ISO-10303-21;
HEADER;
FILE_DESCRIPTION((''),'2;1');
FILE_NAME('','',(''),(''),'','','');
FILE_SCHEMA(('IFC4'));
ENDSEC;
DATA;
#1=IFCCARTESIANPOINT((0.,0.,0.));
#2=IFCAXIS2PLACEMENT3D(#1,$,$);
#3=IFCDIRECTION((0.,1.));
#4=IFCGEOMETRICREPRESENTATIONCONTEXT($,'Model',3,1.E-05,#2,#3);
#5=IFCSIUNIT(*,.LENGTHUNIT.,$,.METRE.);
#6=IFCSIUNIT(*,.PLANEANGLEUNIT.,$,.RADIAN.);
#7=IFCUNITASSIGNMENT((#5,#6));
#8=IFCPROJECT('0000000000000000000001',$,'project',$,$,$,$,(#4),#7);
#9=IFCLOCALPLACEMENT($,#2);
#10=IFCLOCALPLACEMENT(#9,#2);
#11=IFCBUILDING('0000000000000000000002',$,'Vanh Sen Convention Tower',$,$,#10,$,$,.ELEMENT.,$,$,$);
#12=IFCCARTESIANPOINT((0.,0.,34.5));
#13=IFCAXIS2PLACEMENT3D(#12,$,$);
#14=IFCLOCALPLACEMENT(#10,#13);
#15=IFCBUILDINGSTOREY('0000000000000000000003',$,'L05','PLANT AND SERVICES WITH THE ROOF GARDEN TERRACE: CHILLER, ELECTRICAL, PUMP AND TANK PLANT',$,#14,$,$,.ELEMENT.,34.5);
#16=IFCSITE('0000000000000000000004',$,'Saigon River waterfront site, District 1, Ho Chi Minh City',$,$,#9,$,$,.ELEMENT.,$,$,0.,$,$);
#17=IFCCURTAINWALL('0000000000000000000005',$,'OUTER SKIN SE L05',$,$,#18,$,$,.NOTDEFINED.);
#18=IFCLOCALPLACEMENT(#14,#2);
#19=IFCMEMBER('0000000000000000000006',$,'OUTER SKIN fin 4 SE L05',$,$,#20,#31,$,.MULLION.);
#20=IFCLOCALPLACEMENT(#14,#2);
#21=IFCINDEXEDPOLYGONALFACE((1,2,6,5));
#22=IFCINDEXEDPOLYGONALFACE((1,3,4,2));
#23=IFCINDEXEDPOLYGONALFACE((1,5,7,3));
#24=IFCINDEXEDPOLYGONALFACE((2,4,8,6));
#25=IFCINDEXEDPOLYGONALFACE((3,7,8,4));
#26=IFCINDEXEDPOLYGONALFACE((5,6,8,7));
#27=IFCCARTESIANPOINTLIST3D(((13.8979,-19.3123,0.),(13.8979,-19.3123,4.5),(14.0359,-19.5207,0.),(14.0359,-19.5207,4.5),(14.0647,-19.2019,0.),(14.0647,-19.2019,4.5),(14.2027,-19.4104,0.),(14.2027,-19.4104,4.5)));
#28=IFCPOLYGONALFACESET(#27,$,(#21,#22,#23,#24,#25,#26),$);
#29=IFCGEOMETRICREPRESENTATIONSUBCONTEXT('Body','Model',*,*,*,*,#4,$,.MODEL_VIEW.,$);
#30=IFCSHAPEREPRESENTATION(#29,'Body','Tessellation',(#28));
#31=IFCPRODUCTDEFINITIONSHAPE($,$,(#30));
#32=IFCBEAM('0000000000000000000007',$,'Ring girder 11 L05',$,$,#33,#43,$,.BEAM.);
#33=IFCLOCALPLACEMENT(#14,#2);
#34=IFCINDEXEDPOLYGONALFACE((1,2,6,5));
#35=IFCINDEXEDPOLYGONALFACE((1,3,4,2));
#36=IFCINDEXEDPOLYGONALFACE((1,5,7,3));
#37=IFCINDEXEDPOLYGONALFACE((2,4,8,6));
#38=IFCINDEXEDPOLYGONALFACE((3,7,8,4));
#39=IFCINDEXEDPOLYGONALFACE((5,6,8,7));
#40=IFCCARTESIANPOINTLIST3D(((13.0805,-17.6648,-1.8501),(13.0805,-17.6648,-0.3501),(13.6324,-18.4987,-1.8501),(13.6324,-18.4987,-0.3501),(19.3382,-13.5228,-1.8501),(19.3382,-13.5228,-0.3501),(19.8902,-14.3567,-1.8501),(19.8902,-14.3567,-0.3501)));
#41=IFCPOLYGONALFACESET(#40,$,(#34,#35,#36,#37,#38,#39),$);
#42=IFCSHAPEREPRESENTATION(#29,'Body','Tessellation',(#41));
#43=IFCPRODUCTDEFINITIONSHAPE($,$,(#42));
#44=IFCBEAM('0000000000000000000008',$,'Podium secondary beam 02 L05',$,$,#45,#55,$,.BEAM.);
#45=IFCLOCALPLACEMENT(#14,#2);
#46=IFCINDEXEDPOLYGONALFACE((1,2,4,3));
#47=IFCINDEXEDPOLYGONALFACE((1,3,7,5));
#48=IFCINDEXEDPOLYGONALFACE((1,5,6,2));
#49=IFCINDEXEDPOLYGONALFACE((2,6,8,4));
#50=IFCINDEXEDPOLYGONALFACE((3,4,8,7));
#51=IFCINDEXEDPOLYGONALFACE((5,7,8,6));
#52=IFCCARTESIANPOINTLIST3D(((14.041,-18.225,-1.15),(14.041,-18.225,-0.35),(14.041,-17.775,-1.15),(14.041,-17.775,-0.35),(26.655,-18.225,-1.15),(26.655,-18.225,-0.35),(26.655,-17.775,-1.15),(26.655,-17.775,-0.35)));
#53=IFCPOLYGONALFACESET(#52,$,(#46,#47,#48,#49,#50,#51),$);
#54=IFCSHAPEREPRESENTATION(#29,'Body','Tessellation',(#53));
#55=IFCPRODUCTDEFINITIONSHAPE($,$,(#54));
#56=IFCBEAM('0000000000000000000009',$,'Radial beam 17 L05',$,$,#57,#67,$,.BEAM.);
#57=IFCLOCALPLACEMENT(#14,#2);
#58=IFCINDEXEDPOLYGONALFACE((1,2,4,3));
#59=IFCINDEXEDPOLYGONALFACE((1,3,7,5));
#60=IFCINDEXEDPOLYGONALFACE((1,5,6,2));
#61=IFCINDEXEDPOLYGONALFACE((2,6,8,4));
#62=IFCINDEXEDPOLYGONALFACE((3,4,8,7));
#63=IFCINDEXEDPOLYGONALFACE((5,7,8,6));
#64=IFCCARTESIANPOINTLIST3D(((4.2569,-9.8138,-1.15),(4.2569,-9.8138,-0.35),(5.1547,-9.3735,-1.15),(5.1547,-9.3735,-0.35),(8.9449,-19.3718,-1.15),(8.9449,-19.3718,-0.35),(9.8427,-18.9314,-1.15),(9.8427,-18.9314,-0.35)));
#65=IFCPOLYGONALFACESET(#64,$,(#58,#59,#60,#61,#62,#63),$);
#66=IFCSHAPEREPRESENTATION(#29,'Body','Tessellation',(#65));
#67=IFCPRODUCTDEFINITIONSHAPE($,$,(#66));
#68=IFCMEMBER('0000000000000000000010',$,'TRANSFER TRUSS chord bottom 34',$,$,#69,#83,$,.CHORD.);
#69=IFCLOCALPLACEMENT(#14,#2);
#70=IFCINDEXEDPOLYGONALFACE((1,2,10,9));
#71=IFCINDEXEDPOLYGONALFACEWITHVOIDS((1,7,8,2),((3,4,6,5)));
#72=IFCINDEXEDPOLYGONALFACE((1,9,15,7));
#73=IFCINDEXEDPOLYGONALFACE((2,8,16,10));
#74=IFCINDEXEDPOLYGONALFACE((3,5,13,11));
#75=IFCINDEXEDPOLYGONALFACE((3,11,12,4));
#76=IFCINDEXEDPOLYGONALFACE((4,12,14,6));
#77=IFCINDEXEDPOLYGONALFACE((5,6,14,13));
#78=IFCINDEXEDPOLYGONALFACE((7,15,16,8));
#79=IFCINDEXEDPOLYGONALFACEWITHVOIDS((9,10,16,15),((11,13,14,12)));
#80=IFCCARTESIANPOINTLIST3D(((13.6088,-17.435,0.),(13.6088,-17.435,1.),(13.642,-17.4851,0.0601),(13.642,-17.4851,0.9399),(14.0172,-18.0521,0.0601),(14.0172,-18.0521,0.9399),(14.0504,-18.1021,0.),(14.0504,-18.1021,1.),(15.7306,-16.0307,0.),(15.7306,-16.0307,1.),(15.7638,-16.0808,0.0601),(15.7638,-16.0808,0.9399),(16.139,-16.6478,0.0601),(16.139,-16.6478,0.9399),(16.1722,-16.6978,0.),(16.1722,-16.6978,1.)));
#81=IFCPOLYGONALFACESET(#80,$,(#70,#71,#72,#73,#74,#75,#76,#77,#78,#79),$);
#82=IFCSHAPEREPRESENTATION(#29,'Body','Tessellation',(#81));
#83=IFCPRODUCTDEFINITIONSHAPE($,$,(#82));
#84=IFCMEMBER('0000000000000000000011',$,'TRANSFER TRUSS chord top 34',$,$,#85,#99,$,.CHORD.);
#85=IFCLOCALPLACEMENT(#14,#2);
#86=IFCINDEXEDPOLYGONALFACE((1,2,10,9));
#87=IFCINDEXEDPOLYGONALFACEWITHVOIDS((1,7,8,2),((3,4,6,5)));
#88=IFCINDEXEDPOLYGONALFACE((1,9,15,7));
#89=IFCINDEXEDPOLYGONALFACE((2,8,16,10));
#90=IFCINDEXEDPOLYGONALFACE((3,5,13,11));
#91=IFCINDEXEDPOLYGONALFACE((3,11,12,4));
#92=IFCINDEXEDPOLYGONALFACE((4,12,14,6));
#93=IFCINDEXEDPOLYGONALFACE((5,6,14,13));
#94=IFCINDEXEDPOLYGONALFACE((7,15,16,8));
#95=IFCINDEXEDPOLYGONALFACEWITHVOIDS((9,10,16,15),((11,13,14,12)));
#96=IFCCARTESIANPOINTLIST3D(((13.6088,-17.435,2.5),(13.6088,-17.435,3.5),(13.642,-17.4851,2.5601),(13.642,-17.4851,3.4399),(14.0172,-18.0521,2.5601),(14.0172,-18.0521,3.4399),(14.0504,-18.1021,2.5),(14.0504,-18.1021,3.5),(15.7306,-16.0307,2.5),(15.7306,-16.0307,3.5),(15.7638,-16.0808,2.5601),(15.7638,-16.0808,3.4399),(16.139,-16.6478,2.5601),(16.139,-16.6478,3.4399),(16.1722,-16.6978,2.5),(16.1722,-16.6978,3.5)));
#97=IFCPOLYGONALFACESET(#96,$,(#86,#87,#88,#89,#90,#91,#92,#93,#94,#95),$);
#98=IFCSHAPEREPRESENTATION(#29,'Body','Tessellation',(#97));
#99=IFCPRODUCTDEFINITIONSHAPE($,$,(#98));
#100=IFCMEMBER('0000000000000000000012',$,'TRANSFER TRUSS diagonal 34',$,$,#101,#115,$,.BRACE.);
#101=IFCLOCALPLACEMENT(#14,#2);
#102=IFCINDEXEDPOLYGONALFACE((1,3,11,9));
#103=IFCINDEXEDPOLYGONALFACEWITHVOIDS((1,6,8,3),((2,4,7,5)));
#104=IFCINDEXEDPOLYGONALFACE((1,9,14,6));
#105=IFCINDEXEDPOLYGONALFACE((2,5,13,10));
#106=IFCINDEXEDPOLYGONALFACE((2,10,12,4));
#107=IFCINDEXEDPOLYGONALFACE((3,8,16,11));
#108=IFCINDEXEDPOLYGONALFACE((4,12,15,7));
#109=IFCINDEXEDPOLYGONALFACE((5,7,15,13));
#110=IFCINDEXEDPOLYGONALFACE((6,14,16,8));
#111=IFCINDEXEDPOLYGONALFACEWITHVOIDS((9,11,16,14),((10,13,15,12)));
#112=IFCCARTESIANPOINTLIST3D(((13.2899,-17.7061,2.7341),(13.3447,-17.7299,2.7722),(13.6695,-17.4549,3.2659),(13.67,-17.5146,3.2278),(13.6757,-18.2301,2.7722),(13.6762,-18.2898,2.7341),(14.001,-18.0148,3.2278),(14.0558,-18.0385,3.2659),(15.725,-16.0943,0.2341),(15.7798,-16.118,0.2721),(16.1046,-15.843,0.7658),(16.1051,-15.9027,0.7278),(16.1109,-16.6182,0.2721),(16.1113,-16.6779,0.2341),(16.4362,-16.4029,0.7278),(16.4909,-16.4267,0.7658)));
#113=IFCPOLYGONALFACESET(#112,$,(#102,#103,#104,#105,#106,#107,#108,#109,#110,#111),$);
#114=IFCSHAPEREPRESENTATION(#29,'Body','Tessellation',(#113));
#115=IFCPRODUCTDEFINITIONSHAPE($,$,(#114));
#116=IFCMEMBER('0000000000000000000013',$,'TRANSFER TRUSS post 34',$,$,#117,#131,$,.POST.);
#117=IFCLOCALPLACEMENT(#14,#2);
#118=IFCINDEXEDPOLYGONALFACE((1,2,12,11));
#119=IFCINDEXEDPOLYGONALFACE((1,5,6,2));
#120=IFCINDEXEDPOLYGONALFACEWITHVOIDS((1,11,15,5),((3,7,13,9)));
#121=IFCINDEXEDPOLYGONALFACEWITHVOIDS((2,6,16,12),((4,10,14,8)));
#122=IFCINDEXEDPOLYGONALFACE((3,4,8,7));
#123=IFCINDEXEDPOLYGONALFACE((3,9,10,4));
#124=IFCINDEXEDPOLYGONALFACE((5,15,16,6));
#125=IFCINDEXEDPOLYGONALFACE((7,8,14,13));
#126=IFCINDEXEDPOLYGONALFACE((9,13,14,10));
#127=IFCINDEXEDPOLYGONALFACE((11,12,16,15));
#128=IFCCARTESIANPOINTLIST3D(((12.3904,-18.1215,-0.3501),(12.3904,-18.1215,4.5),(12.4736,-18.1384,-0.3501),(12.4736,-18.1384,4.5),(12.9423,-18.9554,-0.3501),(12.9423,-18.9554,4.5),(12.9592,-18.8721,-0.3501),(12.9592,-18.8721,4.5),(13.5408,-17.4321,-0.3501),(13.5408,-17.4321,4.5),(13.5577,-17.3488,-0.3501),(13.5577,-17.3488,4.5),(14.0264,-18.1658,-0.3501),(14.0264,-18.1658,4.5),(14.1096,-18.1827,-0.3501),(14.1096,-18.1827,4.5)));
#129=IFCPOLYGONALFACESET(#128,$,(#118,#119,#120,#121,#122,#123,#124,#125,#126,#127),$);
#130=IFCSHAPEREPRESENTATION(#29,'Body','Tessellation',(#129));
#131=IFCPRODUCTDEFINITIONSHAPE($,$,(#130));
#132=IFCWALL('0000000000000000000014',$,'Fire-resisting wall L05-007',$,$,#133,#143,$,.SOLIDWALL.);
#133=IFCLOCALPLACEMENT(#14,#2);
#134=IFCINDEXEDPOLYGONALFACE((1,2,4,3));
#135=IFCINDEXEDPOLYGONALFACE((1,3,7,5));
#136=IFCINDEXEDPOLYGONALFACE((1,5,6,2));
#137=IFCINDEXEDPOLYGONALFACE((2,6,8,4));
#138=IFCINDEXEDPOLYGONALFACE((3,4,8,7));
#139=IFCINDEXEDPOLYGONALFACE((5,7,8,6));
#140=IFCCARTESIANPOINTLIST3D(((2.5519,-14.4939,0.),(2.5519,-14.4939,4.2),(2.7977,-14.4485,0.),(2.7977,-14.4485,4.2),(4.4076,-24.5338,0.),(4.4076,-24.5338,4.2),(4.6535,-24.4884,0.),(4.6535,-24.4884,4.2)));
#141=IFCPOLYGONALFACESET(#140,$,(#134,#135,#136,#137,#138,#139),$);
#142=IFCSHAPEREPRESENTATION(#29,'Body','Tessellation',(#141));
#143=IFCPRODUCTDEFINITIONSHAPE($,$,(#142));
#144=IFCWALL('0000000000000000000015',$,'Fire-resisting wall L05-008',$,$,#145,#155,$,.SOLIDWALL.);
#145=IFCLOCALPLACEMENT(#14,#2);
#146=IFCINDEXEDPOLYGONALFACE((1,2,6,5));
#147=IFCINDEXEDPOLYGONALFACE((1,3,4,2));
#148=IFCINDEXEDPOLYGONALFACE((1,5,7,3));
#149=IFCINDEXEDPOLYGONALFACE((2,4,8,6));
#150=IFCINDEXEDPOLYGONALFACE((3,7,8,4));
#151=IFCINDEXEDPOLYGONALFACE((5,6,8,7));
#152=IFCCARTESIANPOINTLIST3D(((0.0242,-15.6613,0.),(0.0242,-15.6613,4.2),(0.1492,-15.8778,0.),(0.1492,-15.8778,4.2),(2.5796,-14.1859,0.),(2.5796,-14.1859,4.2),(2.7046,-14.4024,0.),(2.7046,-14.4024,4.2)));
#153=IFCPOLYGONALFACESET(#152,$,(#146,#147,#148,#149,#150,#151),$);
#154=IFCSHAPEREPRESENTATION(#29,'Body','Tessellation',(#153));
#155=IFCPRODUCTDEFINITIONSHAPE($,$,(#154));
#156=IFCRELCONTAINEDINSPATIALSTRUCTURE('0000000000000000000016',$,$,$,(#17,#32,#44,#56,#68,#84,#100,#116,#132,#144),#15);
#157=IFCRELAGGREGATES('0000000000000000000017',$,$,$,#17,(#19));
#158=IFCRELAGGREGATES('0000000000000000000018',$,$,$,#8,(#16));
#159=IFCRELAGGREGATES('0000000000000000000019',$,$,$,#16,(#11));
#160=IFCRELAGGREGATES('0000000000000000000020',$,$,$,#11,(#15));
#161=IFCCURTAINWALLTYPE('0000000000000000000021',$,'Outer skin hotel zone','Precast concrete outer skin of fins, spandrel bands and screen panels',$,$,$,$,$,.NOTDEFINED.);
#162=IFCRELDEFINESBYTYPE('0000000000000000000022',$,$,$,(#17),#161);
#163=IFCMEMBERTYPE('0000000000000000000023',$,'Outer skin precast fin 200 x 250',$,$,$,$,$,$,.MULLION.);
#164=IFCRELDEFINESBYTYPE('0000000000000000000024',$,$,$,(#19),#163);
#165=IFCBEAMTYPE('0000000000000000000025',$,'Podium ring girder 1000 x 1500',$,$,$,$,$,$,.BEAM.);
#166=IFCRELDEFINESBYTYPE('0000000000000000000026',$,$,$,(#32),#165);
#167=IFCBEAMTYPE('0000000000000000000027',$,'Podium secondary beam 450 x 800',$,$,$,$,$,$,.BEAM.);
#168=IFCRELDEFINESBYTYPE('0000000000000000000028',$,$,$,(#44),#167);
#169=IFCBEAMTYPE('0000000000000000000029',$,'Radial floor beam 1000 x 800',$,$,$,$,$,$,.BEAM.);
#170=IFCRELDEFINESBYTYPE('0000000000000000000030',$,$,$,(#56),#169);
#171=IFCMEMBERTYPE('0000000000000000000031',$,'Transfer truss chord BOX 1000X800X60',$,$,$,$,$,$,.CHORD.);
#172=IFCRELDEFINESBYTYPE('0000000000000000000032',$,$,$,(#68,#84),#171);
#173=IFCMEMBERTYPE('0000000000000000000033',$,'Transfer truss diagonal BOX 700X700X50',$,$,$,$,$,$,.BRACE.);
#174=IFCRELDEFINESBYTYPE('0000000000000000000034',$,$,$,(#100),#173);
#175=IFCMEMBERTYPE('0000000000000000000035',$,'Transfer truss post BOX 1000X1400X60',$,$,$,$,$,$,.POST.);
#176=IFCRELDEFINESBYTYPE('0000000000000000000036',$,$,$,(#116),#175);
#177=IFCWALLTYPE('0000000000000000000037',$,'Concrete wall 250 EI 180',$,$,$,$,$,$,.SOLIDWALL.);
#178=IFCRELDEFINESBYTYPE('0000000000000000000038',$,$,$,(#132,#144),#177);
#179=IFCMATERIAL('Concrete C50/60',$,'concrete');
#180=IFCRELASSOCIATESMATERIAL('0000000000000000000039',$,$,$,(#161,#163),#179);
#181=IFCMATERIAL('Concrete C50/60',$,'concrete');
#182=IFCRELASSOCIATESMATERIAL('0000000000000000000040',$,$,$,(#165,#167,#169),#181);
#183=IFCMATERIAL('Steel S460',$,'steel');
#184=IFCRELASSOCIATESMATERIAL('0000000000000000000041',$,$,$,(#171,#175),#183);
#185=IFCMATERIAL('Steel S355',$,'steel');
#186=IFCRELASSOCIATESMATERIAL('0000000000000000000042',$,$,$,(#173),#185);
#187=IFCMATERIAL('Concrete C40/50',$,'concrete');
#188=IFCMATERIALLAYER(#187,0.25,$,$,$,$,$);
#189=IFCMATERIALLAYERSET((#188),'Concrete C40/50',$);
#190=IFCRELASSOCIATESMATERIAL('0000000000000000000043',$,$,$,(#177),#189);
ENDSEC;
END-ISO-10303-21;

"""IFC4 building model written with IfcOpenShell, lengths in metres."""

from ifc_helpers import new_model, si_unit, direction, frame, frame_2d, origin, origin_2d, place, context, subcontext, project, spatial, rectangle, hollow_rectangle, extrude, material, layer, layer_set, material_profile, profile_set, type_object, element, aggregate, save


model = new_model("IFC4")

# Units and contexts
model_context = context("Model", 3, precision=1e-05, world=origin(), true_north=direction((0.0, 1.0)))
body_context = subcontext(model_context, "Body", "Model", "MODEL_VIEW")
ifc_project = project(units=[si_unit("LENGTHUNIT", "METRE"), si_unit("PLANEANGLEUNIT", "RADIAN")], contexts=[model_context])

# Site, building, storey
site_placement = place(None, origin())
site = spatial("IfcSite", under=ifc_project, at=site_placement, Name="Saigon River waterfront site, District 1, Ho Chi Minh City", CompositionType="ELEMENT", RefElevation=0.0)
building_placement = place(site_placement, origin())
building = spatial("IfcBuilding", under=site, at=building_placement, Name="Vanh Sen Convention Tower", CompositionType="ELEMENT")
storey_placement = place(building_placement, frame((0.0, 0.0, 34.5)))
storey = spatial("IfcBuildingStorey", under=building, at=storey_placement, Name="L05", Description="PLANT AND SERVICES WITH THE ROOF GARDEN TERRACE: CHILLER, ELECTRICAL, PUMP AND TANK PLANT", CompositionType="ELEMENT", Elevation=34.5)

# Curtain wall, member
ifc_material_1 = material(Name="Concrete C50/60", Category="concrete")
curtain_wall_type = type_object("IfcCurtainWallType", Name="Outer skin hotel zone", Description="Precast concrete outer skin of fins, spandrel bands and screen panels", PredefinedType="NOTDEFINED", material=ifc_material_1)
curtain_wall_placement = place(storey_placement, origin())
curtain_wall = element("IfcCurtainWall", 1, at=curtain_wall_placement, inside=storey, type_object=curtain_wall_type, Name="OUTER SKIN SE L05", PredefinedType="NOTDEFINED")
ifc_material_profile_1 = material_profile(ifc_material_1, rectangle(XDim=0.2, YDim=0.25, at=origin_2d()), Name="Outer skin precast fin 200 x 250")
ifc_profile_set_1 = profile_set([ifc_material_profile_1], Name="Concrete C50/60")
member_type_1 = type_object("IfcMemberType", Name="Outer skin precast fin 200 x 250", PredefinedType="MULLION", material=ifc_profile_set_1)
member_1_placement = place(storey_placement, frame((14.0503, -19.3613, 0.0), z_axis=(0.0, 0.0, 1.0), x_axis=(0.833886, 0.551937, 0.0)))
member_1 = element("IfcMember", 2, at=member_1_placement, type_object=member_type_1, Name="OUTER SKIN fin 4 SE L05", PredefinedType="MULLION", context=body_context, shape_type="SweptSolid", body=[
    extrude(rectangle(XDim=0.2, YDim=0.25, at=origin_2d()), origin(), (0.0, 0.0, 1.0), 4.5),
])
aggregate(curtain_wall, [member_1])

# Beams
ifc_material_2 = material(Name="Concrete C50/60", Category="concrete")
ifc_material_profile_2 = material_profile(ifc_material_2, rectangle(XDim=1.0, YDim=1.5, at=origin_2d()), Name="RC 1000X1500")
ifc_profile_set_2 = profile_set([ifc_material_profile_2], Name="Concrete C50/60")
beam_type_1 = type_object("IfcBeamType", Name="Podium ring girder 1000 x 1500", PredefinedType="BEAM", material=ifc_profile_set_2)
beam_1_placement = place(storey_placement, frame((13.3564, -18.0818, -1.1001), z_axis=(0.833878, 0.551949, 0.0), x_axis=(-0.551949, 0.833878, 0.0)))
element("IfcBeam", 3, at=beam_1_placement, inside=storey, type_object=beam_type_1, Name="Ring girder 11 L05", PredefinedType="BEAM", context=body_context, shape_type="SweptSolid", body=[
    extrude(rectangle(XDim=1.0, YDim=1.5, at=origin_2d()), origin(), (0.0, 0.0, 1.0), 7.5044),
])
ifc_material_profile_3 = material_profile(ifc_material_2, rectangle(XDim=0.45, YDim=0.8, at=origin_2d()), Name="RC 450X800")
ifc_profile_set_3 = profile_set([ifc_material_profile_3], Name="Concrete C50/60")
beam_type_2 = type_object("IfcBeamType", Name="Podium secondary beam 450 x 800", PredefinedType="BEAM", material=ifc_profile_set_3)
beam_2_placement = place(storey_placement, frame((14.041, -18.0, -0.75), z_axis=(1.0, 0.0, 0.0), x_axis=(0.0, 1.0, 0.0)))
element("IfcBeam", 4, at=beam_2_placement, inside=storey, type_object=beam_type_2, Name="Podium secondary beam 02 L05", PredefinedType="BEAM", context=body_context, shape_type="SweptSolid", body=[
    extrude(rectangle(XDim=0.45, YDim=0.8, at=origin_2d()), origin(), (0.0, 0.0, 1.0), 12.614),
])
ifc_material_profile_4 = material_profile(ifc_material_2, rectangle(XDim=1.0, YDim=0.8, at=origin_2d()), Name="RC 1000X800")
ifc_profile_set_4 = profile_set([ifc_material_profile_4], Name="Concrete C50/60")
beam_type_3 = type_object("IfcBeamType", Name="Radial floor beam 1000 x 800", PredefinedType="BEAM", material=ifc_profile_set_4)
beam_3_placement = place(storey_placement, frame((9.3938, -19.1516, -0.75), z_axis=(-0.440366, 0.897818, 0.0), x_axis=(-0.897818, -0.440366, 0.0)))
element("IfcBeam", 5, at=beam_3_placement, inside=storey, type_object=beam_type_3, Name="Radial beam 17 L05", PredefinedType="BEAM", context=body_context, shape_type="SweptSolid", body=[
    extrude(rectangle(XDim=1.0, YDim=0.8, at=origin_2d()), origin(), (0.0, 0.0, 1.0), 10.6458),
])

# Members
ifc_material_3 = material(Name="Steel S460", Category="steel")
ifc_material_profile_5 = material_profile(ifc_material_3, hollow_rectangle(XDim=0.8, YDim=1.0, WallThickness=0.0601, at=origin_2d()), Name="BOX 1000X800X60")
ifc_profile_set_5 = profile_set([ifc_material_profile_5], Name="Steel S460")
member_type_2 = type_object("IfcMemberType", Name="Transfer truss chord BOX 1000X800X60", PredefinedType="CHORD", material=ifc_profile_set_5)
for number, where, z_axis, x_axis, name in (
    (6, (13.8296, -17.7686, 0.5), (0.833906, 0.551907, 0.0), (-0.551907, 0.833906, 0.0), "TRANSFER TRUSS chord bottom 34"),
    (7, (13.8296, -17.7686, 3.0), (0.833906, 0.551907, 0.0), (-0.551907, 0.833906, 0.0), "TRANSFER TRUSS chord top 34"),
):
    element("IfcMember", number, at=place(storey_placement, frame(where, z_axis=z_axis, x_axis=x_axis)), inside=storey, type_object=member_type_2, Name=name, PredefinedType="CHORD", context=body_context, shape_type="SweptSolid", body=[
        extrude(hollow_rectangle(XDim=0.8, YDim=1.0, WallThickness=0.0601, at=origin_2d()), origin(), (0.0, 0.0, 1.0), 2.5444),
    ])
ifc_material_4 = material(Name="Steel S355", Category="steel")
ifc_material_profile_6 = material_profile(ifc_material_4, hollow_rectangle(XDim=0.7, YDim=0.7, WallThickness=0.05, at=origin_2d()), Name="BOX 700X700X50")
ifc_profile_set_6 = profile_set([ifc_material_profile_6], Name="Steel S355")
member_type_3 = type_object("IfcMemberType", Name="Transfer truss diagonal BOX 700X700X50", PredefinedType="BRACE", material=ifc_profile_set_6)
member_2_placement = place(storey_placement, frame((13.6729, -17.8723, 3.0), z_axis=(0.633446, 0.419291, -0.650339), x_axis=(-0.551958, 0.833872, 0.0)))
element("IfcMember", 8, at=member_2_placement, inside=storey, type_object=member_type_3, Name="TRANSFER TRUSS diagonal 34", PredefinedType="BRACE", context=body_context, shape_type="SweptSolid", body=[
    extrude(hollow_rectangle(XDim=0.7, YDim=0.7, WallThickness=0.05, at=origin_2d()), origin(), (0.0, 0.0, 1.0), 3.8442),
])
ifc_material_profile_7 = material_profile(ifc_material_3, hollow_rectangle(XDim=1.3999, YDim=1.0, WallThickness=0.0601, at=origin_2d()), Name="BOX 1000X1400X60")
ifc_profile_set_7 = profile_set([ifc_material_profile_7], Name="Steel S460")
member_type_4 = type_object("IfcMemberType", Name="Transfer truss post BOX 1000X1400X60", PredefinedType="POST", material=ifc_profile_set_7)
member_3_placement = place(storey_placement, frame((13.25, -18.1521, -0.3501), z_axis=(0.0, 0.0, 1.0), x_axis=(0.833886, 0.551937, 0.0)))
element("IfcMember", 9, at=member_3_placement, inside=storey, type_object=member_type_4, Name="TRANSFER TRUSS post 34", PredefinedType="POST", context=body_context, shape_type="SweptSolid", body=[
    extrude(hollow_rectangle(XDim=1.3999, YDim=1.0, WallThickness=0.0601, at=origin_2d()), origin(), (0.0, 0.0, 1.0), 4.8501),
])

# Walls
ifc_material_5 = material(Name="Concrete C40/50", Category="concrete")
ifc_layer_1 = layer(ifc_material_5, 0.25)
ifc_layer_set_1 = layer_set([ifc_layer_1], Name="Concrete C40/50")
wall_type = type_object("IfcWallType", Name="Concrete wall 250 EI 180", PredefinedType="SOLIDWALL", material=ifc_layer_set_1)
wall_1_placement = place(storey_placement, frame((2.6748, -14.4712, 0.0), z_axis=(0.0, 0.0, 1.0), x_axis=(0.181757, -0.983343, 0.0)))
element("IfcWall", 10, at=wall_1_placement, inside=storey, type_object=wall_type, Name="Fire-resisting wall L05-007", PredefinedType="SOLIDWALL", context=body_context, shape_type="SweptSolid", body=[
    extrude(rectangle(XDim=10.21, YDim=0.25, at=frame_2d((5.105, 0.0))), origin(), (0.0, 0.0, 1.0), 4.2),
])
wall_2_placement = place(storey_placement, frame((2.6421, -14.2942, 0.0), z_axis=(0.0, 0.0, 1.0), x_axis=(-0.86603, -0.499992, 0.0)))
element("IfcWall", 11, at=wall_2_placement, inside=storey, type_object=wall_type, Name="Fire-resisting wall L05-008", PredefinedType="SOLIDWALL", context=body_context, shape_type="SweptSolid", body=[
    extrude(rectangle(XDim=2.9507, YDim=0.25, at=frame_2d((1.4753, 0.0))), origin(), (0.0, 0.0, 1.0), 4.2),
])

save(model, "model.ifc")
